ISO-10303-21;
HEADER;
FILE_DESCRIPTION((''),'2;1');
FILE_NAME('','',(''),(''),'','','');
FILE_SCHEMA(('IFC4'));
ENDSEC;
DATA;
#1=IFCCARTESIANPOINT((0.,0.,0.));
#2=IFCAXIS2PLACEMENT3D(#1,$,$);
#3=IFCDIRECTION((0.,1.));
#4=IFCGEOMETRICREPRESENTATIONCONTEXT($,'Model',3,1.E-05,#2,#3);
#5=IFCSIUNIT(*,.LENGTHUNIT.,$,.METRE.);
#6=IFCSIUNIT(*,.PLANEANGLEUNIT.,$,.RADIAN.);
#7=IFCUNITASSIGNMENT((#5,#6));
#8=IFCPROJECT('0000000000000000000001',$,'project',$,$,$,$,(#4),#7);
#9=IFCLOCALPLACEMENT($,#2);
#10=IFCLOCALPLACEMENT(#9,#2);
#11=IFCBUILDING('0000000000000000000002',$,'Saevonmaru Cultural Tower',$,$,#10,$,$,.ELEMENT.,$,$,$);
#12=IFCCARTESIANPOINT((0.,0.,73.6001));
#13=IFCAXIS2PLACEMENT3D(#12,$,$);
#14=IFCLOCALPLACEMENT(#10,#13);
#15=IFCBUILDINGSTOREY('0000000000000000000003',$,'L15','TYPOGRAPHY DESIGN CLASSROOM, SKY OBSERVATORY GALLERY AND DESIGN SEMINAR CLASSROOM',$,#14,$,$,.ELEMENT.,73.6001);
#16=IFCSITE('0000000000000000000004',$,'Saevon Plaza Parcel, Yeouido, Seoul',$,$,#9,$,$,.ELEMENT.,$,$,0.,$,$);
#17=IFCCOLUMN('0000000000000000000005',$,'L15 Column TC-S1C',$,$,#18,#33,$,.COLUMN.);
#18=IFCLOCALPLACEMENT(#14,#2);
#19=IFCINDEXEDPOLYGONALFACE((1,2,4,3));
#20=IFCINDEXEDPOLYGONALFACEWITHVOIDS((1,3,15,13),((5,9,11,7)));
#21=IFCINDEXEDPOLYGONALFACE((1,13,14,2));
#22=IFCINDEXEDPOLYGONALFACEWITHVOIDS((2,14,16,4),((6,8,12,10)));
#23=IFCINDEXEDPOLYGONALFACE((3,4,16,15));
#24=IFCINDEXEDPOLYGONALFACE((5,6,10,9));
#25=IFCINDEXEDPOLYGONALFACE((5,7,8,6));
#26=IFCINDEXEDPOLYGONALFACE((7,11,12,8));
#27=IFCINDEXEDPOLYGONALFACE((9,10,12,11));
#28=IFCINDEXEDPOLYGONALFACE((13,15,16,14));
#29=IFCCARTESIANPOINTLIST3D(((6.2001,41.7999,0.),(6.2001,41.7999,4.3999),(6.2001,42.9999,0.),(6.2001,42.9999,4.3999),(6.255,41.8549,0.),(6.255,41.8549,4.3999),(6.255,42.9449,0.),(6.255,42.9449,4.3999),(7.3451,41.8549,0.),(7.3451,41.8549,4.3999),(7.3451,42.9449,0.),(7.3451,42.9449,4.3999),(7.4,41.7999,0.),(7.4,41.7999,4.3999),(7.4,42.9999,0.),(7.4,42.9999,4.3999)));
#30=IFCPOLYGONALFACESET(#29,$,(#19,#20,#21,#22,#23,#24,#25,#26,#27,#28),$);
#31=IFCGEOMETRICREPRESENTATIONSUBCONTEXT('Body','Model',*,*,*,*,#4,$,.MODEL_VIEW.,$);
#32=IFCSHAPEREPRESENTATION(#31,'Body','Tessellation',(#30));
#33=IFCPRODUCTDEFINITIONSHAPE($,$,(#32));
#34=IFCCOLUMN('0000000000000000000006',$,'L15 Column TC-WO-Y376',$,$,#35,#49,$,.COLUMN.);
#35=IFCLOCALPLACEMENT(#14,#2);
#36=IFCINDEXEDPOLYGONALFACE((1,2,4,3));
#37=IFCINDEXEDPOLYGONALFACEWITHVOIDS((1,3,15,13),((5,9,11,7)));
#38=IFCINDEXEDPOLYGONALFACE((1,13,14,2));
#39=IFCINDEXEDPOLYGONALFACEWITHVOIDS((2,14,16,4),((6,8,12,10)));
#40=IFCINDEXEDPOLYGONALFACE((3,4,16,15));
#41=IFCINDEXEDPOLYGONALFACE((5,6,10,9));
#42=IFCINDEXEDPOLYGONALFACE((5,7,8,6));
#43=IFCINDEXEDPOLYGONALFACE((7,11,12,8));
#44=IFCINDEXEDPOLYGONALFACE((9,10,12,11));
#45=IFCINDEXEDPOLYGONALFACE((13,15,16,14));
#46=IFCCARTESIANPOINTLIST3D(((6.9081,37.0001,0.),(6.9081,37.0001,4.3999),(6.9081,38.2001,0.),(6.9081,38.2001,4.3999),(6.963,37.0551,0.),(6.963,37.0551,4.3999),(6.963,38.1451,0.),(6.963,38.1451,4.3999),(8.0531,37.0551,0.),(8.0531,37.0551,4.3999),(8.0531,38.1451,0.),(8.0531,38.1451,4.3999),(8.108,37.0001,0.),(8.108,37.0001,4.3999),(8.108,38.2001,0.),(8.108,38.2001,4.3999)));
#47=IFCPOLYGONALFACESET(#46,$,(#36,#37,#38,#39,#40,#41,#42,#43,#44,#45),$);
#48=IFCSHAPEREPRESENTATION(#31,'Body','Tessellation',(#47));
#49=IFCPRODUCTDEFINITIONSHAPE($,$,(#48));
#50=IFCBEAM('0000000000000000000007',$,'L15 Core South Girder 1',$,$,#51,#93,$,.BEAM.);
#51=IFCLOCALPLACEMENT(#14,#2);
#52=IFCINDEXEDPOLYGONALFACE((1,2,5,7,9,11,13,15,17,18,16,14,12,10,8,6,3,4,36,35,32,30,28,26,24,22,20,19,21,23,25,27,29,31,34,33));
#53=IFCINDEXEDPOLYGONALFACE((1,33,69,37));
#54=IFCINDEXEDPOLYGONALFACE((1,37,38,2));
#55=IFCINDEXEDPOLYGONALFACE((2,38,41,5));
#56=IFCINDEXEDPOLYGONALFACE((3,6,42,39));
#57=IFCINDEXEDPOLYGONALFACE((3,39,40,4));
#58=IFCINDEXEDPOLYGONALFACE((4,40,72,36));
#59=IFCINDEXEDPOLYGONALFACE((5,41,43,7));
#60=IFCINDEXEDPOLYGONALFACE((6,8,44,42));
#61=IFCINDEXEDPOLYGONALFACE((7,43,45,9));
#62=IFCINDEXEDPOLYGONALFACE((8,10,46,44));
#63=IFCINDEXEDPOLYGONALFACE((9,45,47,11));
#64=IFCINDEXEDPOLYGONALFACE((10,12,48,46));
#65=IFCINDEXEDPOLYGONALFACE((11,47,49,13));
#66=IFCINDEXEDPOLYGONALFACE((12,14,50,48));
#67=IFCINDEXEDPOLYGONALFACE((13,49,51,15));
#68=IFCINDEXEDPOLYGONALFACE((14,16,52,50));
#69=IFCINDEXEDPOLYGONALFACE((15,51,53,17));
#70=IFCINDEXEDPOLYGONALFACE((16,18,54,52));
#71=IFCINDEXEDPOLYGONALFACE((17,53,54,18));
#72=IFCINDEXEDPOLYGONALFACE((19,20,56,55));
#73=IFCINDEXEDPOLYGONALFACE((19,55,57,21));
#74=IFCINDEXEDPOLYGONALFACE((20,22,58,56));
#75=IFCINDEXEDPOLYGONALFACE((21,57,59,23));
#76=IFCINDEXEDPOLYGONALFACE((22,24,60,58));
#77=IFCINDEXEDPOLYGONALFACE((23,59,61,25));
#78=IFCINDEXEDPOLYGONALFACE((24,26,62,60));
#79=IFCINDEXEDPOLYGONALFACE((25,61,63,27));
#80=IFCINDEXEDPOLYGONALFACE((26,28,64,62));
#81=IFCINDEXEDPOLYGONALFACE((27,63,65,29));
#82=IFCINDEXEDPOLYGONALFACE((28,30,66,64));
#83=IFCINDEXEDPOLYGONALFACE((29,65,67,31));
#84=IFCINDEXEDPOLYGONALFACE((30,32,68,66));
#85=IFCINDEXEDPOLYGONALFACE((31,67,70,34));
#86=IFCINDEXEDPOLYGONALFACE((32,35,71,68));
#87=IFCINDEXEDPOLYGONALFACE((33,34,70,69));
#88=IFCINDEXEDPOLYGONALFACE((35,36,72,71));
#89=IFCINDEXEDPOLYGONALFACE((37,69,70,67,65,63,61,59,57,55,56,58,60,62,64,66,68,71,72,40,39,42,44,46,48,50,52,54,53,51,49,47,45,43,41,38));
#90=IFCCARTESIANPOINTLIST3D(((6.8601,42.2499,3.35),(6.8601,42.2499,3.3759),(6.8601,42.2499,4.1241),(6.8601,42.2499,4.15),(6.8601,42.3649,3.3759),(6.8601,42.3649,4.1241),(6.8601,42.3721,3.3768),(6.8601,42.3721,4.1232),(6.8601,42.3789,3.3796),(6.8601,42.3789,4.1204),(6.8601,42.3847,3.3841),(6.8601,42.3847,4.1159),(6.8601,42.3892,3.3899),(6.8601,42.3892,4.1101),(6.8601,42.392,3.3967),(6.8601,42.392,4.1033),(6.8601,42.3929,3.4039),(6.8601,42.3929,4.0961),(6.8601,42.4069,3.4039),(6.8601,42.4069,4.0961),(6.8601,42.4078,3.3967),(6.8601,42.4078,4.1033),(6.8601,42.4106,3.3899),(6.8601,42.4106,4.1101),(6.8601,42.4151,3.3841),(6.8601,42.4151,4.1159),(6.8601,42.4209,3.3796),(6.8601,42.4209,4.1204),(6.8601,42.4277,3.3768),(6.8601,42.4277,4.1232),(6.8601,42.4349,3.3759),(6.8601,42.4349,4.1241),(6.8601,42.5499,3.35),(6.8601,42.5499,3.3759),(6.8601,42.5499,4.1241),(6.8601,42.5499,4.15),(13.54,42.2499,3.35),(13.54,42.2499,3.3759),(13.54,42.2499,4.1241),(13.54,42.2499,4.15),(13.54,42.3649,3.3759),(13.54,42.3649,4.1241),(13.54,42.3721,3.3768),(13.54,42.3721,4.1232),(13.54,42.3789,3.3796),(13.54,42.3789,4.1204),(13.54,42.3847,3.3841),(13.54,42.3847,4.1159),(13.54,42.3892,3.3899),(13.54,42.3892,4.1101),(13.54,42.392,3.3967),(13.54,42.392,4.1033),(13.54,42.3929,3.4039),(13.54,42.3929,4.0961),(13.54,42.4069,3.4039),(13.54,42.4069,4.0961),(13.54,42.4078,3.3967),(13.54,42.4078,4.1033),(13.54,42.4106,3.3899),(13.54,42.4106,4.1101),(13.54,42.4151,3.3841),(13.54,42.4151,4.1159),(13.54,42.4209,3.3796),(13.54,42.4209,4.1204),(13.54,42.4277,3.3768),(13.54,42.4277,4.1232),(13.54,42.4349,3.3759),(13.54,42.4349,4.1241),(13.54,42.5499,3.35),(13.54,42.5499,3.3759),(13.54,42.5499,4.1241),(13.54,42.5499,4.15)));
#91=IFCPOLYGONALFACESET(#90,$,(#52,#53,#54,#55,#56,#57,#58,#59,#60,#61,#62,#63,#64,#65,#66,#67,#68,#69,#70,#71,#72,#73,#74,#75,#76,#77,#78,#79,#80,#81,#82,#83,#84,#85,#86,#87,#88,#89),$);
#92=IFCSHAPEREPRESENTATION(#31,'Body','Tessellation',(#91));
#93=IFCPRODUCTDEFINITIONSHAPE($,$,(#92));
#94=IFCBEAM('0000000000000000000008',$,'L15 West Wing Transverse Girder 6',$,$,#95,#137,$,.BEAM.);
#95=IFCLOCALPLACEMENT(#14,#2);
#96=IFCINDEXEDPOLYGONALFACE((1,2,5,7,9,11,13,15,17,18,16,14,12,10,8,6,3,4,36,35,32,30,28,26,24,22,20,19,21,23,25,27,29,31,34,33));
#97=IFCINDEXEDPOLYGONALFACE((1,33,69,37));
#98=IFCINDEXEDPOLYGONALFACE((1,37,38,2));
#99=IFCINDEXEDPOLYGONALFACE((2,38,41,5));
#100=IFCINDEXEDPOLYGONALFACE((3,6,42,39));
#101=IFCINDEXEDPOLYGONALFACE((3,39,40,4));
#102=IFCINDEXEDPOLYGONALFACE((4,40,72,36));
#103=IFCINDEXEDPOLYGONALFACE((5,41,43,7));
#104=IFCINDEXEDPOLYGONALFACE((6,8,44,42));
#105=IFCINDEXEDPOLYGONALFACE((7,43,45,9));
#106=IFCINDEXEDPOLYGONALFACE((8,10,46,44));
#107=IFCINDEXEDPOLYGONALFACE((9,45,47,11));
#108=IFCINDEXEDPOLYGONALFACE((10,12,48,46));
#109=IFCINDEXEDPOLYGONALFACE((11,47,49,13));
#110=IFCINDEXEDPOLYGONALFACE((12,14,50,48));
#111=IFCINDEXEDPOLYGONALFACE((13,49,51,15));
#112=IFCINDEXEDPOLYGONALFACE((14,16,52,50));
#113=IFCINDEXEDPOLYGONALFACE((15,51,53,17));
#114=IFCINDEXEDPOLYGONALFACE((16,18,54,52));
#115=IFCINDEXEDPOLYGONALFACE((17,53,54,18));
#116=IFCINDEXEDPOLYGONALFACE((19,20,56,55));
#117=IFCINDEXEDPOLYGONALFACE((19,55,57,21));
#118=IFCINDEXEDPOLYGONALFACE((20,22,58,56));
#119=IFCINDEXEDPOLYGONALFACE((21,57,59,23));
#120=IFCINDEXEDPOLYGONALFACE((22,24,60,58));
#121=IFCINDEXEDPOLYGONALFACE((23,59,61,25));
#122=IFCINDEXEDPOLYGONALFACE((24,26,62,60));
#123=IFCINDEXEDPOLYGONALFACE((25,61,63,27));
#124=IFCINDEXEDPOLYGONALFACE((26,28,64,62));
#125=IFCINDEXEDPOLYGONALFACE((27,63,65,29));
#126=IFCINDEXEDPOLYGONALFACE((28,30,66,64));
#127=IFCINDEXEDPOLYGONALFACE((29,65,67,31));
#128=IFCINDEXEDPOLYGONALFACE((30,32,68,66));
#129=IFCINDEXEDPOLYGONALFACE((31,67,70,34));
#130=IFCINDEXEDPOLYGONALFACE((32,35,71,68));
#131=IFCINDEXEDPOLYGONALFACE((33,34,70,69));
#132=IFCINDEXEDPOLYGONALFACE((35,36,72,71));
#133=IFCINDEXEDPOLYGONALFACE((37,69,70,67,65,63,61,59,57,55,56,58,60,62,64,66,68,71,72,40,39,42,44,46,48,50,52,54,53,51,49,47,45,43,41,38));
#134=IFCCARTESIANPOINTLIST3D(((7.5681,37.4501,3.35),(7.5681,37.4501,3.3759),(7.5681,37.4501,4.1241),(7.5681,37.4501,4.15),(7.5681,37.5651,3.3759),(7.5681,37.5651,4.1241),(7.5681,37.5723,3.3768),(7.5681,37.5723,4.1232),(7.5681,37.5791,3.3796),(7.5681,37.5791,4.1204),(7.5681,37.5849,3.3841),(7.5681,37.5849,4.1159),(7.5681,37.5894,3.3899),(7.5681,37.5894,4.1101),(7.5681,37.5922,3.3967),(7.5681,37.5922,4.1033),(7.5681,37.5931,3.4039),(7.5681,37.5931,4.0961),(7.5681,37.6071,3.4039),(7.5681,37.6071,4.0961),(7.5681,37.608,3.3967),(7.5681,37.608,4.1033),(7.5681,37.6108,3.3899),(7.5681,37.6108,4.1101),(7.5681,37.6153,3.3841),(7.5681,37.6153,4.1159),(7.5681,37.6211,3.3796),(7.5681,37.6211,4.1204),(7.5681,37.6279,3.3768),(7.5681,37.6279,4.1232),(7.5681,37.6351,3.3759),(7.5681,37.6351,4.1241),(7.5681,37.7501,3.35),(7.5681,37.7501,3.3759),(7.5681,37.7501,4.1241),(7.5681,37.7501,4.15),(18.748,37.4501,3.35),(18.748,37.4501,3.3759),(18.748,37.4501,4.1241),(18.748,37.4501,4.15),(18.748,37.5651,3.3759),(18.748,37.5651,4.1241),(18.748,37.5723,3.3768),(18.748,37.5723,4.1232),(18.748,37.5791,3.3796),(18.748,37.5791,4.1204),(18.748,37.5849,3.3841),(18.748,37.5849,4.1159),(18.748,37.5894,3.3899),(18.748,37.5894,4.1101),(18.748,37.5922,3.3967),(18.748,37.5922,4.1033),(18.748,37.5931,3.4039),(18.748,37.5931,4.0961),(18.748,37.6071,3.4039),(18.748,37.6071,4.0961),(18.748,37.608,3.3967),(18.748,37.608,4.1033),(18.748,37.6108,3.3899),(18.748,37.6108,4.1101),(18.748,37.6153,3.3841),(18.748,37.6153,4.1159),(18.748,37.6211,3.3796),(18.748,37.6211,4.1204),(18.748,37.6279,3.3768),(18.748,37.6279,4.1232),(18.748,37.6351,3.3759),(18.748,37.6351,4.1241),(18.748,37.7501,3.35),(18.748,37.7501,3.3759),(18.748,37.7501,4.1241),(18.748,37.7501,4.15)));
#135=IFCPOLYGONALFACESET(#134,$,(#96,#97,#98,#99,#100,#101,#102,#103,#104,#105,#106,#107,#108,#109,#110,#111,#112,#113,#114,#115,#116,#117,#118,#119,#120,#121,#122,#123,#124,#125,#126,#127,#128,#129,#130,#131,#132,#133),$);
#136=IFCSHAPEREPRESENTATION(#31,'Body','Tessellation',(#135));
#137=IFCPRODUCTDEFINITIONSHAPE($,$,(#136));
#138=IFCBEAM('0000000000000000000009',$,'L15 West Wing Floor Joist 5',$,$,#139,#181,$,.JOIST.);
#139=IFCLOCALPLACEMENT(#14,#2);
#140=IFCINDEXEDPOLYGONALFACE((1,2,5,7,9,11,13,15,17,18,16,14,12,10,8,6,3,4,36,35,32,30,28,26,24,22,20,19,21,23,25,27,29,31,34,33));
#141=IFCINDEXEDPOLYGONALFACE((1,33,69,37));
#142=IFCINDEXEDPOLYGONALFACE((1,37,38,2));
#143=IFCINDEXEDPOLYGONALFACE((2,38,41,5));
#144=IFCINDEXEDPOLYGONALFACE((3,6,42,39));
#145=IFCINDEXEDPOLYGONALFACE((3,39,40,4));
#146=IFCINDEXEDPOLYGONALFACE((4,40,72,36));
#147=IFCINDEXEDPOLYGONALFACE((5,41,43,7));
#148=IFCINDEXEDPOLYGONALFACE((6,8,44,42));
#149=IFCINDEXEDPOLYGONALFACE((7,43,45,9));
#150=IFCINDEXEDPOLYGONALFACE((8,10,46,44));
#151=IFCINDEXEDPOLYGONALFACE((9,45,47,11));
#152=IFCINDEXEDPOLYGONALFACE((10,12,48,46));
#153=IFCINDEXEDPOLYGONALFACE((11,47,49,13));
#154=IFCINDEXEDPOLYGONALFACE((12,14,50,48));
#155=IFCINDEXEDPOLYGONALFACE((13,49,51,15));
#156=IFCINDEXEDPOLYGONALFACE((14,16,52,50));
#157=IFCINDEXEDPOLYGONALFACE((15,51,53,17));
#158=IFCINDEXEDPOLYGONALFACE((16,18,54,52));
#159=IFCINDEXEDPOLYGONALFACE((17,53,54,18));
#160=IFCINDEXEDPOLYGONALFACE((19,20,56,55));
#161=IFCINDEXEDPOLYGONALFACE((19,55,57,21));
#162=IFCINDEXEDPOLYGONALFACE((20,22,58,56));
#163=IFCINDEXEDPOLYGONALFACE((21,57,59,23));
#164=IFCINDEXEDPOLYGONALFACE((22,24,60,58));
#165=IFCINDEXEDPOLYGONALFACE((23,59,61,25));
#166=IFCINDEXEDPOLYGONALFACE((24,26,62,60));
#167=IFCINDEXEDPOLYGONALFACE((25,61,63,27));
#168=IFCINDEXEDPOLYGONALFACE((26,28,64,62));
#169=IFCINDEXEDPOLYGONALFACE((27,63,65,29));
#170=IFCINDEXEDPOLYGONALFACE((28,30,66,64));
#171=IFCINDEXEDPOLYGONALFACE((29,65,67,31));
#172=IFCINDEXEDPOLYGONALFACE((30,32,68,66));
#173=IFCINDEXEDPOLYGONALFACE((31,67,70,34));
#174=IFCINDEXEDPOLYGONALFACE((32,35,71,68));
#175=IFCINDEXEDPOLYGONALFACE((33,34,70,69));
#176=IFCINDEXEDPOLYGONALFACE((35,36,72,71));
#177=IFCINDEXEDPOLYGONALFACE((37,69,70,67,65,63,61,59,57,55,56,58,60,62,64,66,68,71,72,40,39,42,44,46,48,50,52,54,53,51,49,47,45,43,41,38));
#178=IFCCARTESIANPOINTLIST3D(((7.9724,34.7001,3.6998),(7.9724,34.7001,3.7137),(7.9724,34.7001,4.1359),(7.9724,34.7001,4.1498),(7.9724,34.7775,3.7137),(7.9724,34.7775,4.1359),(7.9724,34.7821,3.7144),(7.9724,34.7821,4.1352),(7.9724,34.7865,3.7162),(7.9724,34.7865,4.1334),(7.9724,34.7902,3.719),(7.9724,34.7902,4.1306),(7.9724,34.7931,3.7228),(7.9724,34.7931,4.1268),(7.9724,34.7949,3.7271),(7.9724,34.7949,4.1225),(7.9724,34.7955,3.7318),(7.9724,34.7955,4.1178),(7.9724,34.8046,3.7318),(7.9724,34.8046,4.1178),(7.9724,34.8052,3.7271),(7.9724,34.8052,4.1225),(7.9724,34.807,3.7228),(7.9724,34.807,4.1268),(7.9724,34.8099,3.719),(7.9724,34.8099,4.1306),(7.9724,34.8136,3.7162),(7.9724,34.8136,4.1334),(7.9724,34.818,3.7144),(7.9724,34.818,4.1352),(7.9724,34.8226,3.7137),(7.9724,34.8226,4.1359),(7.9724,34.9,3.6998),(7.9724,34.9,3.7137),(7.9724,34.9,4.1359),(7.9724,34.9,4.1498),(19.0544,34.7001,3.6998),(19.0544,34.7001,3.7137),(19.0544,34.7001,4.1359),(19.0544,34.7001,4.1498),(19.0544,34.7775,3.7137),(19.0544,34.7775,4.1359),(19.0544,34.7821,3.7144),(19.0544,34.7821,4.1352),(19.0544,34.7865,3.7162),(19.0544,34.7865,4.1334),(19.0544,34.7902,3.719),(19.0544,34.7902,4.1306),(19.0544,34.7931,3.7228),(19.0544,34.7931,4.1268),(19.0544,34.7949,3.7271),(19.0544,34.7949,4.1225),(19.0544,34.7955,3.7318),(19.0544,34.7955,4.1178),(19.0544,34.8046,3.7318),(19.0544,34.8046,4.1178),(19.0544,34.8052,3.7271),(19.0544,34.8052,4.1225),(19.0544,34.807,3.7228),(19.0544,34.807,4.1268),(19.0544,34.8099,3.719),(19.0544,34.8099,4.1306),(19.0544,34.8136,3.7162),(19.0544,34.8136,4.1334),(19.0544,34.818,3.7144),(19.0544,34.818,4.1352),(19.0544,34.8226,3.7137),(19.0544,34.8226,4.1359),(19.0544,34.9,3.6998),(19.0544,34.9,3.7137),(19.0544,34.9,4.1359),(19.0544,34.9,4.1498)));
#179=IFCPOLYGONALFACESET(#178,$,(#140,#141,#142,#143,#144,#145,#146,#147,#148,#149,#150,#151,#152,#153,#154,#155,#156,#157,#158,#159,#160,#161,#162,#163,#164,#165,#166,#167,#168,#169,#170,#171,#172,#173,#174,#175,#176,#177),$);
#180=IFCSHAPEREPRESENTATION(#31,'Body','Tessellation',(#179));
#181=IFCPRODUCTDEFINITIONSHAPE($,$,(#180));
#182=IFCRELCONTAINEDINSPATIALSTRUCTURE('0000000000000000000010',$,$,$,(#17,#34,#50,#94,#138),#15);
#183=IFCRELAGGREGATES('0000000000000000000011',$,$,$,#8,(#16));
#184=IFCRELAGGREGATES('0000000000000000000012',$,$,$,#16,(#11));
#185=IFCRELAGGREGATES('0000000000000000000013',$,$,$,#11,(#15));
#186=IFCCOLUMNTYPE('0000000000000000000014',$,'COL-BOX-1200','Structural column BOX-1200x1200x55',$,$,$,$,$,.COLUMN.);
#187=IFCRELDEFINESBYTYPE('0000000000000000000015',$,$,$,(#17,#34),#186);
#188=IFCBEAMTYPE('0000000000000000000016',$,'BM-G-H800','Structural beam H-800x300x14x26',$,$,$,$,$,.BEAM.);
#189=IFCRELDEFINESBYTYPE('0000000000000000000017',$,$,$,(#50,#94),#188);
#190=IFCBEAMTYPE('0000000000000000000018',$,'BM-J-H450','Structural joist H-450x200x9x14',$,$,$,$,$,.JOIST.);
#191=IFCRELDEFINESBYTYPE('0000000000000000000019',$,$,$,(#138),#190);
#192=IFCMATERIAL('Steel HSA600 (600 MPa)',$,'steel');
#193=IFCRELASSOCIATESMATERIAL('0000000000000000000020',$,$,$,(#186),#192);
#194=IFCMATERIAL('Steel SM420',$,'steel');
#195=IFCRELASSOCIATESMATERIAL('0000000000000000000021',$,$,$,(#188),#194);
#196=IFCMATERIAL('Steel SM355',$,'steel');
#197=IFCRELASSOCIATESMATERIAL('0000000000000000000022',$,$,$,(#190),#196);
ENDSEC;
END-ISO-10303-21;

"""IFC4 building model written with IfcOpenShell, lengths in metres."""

from ifc_helpers import new_model, si_unit, direction, frame, origin, origin_2d, place, context, subcontext, project, spatial, hollow_rectangle, i_section, extrude, material, material_profile, profile_set, type_object, element, save


model = new_model("IFC4")

# Units and contexts
model_context = context("Model", 3, precision=1e-05, world=origin(), true_north=direction((0.0, 1.0)))
body_context = subcontext(model_context, "Body", "Model", "MODEL_VIEW")
ifc_project = project(units=[si_unit("LENGTHUNIT", "METRE"), si_unit("PLANEANGLEUNIT", "RADIAN")], contexts=[model_context])

# Site, building, storey
site_placement = place(None, origin())
site = spatial("IfcSite", under=ifc_project, at=site_placement, Name="Saevon Plaza Parcel, Yeouido, Seoul", CompositionType="ELEMENT", RefElevation=0.0)
building_placement = place(site_placement, origin())
building = spatial("IfcBuilding", under=site, at=building_placement, Name="Saevonmaru Cultural Tower", CompositionType="ELEMENT")
storey_placement = place(building_placement, frame((0.0, 0.0, 73.6001)))
storey = spatial("IfcBuildingStorey", under=building, at=storey_placement, Name="L15", Description="TYPOGRAPHY DESIGN CLASSROOM, SKY OBSERVATORY GALLERY AND DESIGN SEMINAR CLASSROOM", CompositionType="ELEMENT", Elevation=73.6001)

# Columns
ifc_material_1 = material(Name="Steel HSA600 (600 MPa)", Category="steel")
ifc_material_profile_1 = material_profile(ifc_material_1, hollow_rectangle(XDim=1.2, YDim=1.2, WallThickness=0.0549, at=origin_2d()), Name="BOX-1200x1200x55")
ifc_profile_set_1 = profile_set([ifc_material_profile_1], Name="Steel HSA600 (600 MPa)")
column_type = type_object("IfcColumnType", Name="COL-BOX-1200", Description="Structural column BOX-1200x1200x55", PredefinedType="COLUMN", material=ifc_profile_set_1)
for number, where, z_axis, x_axis, name in (
    (1, (6.8, 42.3999, 0.0), (0.0, 0.0, 1.0), (1.0, 0.0, 0.0), "L15 Column TC-S1C"),
    (2, (7.5081, 37.6001, 0.0), (0.0, 0.0, 1.0), (1.0, 0.0, 0.0), "L15 Column TC-WO-Y376"),
):
    element("IfcColumn", number, at=place(storey_placement, frame(where, z_axis=z_axis, x_axis=x_axis)), inside=storey, type_object=column_type, Name=name, PredefinedType="COLUMN", context=body_context, shape_type="SweptSolid", body=[
        extrude(hollow_rectangle(XDim=1.2, YDim=1.2, WallThickness=0.0549, at=origin_2d()), origin(), (0.0, 0.0, 1.0), 4.3999),
    ])

# Beams
ifc_material_2 = material(Name="Steel SM420", Category="steel")
ifc_material_profile_2 = material_profile(ifc_material_2, i_section(OverallWidth=0.3, OverallDepth=0.8, WebThickness=0.0139, FlangeThickness=0.0259, FilletRadius=0.0281, at=origin_2d()), Name="H-800x300x14x26")
ifc_profile_set_2 = profile_set([ifc_material_profile_2], Name="Steel SM420")
beam_type_1 = type_object("IfcBeamType", Name="BM-G-H800", Description="Structural beam H-800x300x14x26", PredefinedType="BEAM", material=ifc_profile_set_2)
beam_1_placement = place(storey_placement, frame((6.8601, 42.3999, 3.75), z_axis=(1.0, 0.0, 0.0), x_axis=(0.0, 1.0, 0.0)))
element("IfcBeam", 3, at=beam_1_placement, inside=storey, type_object=beam_type_1, Name="L15 Core South Girder 1", PredefinedType="BEAM", context=body_context, shape_type="SweptSolid", body=[
    extrude(i_section(OverallWidth=0.3, OverallDepth=0.8, WebThickness=0.0139, FlangeThickness=0.0259, FilletRadius=0.0281, at=origin_2d()), origin(), (0.0, 0.0, 1.0), 6.6799),
])
beam_2_placement = place(storey_placement, frame((7.5681, 37.6001, 3.75), z_axis=(1.0, 0.0, 0.0), x_axis=(0.0, 1.0, 0.0)))
element("IfcBeam", 4, at=beam_2_placement, inside=storey, type_object=beam_type_1, Name="L15 West Wing Transverse Girder 6", PredefinedType="BEAM", context=body_context, shape_type="SweptSolid", body=[
    extrude(i_section(OverallWidth=0.3, OverallDepth=0.8, WebThickness=0.0139, FlangeThickness=0.0259, FilletRadius=0.0281, at=origin_2d()), origin(), (0.0, 0.0, 1.0), 11.1799),
])
ifc_material_3 = material(Name="Steel SM355", Category="steel")
ifc_material_profile_3 = material_profile(ifc_material_3, i_section(OverallWidth=0.2, OverallDepth=0.45, WebThickness=0.009, FlangeThickness=0.0139, FilletRadius=0.0181, at=origin_2d()), Name="H-450x200x9x14")
ifc_profile_set_3 = profile_set([ifc_material_profile_3], Name="Steel SM355")
beam_type_2 = type_object("IfcBeamType", Name="BM-J-H450", Description="Structural joist H-450x200x9x14", PredefinedType="JOIST", material=ifc_profile_set_3)
beam_3_placement = place(storey_placement, frame((7.9724, 34.8, 3.9248), z_axis=(1.0, 0.0, 0.0), x_axis=(0.0, 1.0, 0.0)))
element("IfcBeam", 5, at=beam_3_placement, inside=storey, type_object=beam_type_2, Name="L15 West Wing Floor Joist 5", PredefinedType="JOIST", context=body_context, shape_type="SweptSolid", body=[
    extrude(i_section(OverallWidth=0.2, OverallDepth=0.45, WebThickness=0.009, FlangeThickness=0.0139, FilletRadius=0.0181, at=origin_2d()), origin(), (0.0, 0.0, 1.0), 11.082),
])

save(model, "model.ifc")
